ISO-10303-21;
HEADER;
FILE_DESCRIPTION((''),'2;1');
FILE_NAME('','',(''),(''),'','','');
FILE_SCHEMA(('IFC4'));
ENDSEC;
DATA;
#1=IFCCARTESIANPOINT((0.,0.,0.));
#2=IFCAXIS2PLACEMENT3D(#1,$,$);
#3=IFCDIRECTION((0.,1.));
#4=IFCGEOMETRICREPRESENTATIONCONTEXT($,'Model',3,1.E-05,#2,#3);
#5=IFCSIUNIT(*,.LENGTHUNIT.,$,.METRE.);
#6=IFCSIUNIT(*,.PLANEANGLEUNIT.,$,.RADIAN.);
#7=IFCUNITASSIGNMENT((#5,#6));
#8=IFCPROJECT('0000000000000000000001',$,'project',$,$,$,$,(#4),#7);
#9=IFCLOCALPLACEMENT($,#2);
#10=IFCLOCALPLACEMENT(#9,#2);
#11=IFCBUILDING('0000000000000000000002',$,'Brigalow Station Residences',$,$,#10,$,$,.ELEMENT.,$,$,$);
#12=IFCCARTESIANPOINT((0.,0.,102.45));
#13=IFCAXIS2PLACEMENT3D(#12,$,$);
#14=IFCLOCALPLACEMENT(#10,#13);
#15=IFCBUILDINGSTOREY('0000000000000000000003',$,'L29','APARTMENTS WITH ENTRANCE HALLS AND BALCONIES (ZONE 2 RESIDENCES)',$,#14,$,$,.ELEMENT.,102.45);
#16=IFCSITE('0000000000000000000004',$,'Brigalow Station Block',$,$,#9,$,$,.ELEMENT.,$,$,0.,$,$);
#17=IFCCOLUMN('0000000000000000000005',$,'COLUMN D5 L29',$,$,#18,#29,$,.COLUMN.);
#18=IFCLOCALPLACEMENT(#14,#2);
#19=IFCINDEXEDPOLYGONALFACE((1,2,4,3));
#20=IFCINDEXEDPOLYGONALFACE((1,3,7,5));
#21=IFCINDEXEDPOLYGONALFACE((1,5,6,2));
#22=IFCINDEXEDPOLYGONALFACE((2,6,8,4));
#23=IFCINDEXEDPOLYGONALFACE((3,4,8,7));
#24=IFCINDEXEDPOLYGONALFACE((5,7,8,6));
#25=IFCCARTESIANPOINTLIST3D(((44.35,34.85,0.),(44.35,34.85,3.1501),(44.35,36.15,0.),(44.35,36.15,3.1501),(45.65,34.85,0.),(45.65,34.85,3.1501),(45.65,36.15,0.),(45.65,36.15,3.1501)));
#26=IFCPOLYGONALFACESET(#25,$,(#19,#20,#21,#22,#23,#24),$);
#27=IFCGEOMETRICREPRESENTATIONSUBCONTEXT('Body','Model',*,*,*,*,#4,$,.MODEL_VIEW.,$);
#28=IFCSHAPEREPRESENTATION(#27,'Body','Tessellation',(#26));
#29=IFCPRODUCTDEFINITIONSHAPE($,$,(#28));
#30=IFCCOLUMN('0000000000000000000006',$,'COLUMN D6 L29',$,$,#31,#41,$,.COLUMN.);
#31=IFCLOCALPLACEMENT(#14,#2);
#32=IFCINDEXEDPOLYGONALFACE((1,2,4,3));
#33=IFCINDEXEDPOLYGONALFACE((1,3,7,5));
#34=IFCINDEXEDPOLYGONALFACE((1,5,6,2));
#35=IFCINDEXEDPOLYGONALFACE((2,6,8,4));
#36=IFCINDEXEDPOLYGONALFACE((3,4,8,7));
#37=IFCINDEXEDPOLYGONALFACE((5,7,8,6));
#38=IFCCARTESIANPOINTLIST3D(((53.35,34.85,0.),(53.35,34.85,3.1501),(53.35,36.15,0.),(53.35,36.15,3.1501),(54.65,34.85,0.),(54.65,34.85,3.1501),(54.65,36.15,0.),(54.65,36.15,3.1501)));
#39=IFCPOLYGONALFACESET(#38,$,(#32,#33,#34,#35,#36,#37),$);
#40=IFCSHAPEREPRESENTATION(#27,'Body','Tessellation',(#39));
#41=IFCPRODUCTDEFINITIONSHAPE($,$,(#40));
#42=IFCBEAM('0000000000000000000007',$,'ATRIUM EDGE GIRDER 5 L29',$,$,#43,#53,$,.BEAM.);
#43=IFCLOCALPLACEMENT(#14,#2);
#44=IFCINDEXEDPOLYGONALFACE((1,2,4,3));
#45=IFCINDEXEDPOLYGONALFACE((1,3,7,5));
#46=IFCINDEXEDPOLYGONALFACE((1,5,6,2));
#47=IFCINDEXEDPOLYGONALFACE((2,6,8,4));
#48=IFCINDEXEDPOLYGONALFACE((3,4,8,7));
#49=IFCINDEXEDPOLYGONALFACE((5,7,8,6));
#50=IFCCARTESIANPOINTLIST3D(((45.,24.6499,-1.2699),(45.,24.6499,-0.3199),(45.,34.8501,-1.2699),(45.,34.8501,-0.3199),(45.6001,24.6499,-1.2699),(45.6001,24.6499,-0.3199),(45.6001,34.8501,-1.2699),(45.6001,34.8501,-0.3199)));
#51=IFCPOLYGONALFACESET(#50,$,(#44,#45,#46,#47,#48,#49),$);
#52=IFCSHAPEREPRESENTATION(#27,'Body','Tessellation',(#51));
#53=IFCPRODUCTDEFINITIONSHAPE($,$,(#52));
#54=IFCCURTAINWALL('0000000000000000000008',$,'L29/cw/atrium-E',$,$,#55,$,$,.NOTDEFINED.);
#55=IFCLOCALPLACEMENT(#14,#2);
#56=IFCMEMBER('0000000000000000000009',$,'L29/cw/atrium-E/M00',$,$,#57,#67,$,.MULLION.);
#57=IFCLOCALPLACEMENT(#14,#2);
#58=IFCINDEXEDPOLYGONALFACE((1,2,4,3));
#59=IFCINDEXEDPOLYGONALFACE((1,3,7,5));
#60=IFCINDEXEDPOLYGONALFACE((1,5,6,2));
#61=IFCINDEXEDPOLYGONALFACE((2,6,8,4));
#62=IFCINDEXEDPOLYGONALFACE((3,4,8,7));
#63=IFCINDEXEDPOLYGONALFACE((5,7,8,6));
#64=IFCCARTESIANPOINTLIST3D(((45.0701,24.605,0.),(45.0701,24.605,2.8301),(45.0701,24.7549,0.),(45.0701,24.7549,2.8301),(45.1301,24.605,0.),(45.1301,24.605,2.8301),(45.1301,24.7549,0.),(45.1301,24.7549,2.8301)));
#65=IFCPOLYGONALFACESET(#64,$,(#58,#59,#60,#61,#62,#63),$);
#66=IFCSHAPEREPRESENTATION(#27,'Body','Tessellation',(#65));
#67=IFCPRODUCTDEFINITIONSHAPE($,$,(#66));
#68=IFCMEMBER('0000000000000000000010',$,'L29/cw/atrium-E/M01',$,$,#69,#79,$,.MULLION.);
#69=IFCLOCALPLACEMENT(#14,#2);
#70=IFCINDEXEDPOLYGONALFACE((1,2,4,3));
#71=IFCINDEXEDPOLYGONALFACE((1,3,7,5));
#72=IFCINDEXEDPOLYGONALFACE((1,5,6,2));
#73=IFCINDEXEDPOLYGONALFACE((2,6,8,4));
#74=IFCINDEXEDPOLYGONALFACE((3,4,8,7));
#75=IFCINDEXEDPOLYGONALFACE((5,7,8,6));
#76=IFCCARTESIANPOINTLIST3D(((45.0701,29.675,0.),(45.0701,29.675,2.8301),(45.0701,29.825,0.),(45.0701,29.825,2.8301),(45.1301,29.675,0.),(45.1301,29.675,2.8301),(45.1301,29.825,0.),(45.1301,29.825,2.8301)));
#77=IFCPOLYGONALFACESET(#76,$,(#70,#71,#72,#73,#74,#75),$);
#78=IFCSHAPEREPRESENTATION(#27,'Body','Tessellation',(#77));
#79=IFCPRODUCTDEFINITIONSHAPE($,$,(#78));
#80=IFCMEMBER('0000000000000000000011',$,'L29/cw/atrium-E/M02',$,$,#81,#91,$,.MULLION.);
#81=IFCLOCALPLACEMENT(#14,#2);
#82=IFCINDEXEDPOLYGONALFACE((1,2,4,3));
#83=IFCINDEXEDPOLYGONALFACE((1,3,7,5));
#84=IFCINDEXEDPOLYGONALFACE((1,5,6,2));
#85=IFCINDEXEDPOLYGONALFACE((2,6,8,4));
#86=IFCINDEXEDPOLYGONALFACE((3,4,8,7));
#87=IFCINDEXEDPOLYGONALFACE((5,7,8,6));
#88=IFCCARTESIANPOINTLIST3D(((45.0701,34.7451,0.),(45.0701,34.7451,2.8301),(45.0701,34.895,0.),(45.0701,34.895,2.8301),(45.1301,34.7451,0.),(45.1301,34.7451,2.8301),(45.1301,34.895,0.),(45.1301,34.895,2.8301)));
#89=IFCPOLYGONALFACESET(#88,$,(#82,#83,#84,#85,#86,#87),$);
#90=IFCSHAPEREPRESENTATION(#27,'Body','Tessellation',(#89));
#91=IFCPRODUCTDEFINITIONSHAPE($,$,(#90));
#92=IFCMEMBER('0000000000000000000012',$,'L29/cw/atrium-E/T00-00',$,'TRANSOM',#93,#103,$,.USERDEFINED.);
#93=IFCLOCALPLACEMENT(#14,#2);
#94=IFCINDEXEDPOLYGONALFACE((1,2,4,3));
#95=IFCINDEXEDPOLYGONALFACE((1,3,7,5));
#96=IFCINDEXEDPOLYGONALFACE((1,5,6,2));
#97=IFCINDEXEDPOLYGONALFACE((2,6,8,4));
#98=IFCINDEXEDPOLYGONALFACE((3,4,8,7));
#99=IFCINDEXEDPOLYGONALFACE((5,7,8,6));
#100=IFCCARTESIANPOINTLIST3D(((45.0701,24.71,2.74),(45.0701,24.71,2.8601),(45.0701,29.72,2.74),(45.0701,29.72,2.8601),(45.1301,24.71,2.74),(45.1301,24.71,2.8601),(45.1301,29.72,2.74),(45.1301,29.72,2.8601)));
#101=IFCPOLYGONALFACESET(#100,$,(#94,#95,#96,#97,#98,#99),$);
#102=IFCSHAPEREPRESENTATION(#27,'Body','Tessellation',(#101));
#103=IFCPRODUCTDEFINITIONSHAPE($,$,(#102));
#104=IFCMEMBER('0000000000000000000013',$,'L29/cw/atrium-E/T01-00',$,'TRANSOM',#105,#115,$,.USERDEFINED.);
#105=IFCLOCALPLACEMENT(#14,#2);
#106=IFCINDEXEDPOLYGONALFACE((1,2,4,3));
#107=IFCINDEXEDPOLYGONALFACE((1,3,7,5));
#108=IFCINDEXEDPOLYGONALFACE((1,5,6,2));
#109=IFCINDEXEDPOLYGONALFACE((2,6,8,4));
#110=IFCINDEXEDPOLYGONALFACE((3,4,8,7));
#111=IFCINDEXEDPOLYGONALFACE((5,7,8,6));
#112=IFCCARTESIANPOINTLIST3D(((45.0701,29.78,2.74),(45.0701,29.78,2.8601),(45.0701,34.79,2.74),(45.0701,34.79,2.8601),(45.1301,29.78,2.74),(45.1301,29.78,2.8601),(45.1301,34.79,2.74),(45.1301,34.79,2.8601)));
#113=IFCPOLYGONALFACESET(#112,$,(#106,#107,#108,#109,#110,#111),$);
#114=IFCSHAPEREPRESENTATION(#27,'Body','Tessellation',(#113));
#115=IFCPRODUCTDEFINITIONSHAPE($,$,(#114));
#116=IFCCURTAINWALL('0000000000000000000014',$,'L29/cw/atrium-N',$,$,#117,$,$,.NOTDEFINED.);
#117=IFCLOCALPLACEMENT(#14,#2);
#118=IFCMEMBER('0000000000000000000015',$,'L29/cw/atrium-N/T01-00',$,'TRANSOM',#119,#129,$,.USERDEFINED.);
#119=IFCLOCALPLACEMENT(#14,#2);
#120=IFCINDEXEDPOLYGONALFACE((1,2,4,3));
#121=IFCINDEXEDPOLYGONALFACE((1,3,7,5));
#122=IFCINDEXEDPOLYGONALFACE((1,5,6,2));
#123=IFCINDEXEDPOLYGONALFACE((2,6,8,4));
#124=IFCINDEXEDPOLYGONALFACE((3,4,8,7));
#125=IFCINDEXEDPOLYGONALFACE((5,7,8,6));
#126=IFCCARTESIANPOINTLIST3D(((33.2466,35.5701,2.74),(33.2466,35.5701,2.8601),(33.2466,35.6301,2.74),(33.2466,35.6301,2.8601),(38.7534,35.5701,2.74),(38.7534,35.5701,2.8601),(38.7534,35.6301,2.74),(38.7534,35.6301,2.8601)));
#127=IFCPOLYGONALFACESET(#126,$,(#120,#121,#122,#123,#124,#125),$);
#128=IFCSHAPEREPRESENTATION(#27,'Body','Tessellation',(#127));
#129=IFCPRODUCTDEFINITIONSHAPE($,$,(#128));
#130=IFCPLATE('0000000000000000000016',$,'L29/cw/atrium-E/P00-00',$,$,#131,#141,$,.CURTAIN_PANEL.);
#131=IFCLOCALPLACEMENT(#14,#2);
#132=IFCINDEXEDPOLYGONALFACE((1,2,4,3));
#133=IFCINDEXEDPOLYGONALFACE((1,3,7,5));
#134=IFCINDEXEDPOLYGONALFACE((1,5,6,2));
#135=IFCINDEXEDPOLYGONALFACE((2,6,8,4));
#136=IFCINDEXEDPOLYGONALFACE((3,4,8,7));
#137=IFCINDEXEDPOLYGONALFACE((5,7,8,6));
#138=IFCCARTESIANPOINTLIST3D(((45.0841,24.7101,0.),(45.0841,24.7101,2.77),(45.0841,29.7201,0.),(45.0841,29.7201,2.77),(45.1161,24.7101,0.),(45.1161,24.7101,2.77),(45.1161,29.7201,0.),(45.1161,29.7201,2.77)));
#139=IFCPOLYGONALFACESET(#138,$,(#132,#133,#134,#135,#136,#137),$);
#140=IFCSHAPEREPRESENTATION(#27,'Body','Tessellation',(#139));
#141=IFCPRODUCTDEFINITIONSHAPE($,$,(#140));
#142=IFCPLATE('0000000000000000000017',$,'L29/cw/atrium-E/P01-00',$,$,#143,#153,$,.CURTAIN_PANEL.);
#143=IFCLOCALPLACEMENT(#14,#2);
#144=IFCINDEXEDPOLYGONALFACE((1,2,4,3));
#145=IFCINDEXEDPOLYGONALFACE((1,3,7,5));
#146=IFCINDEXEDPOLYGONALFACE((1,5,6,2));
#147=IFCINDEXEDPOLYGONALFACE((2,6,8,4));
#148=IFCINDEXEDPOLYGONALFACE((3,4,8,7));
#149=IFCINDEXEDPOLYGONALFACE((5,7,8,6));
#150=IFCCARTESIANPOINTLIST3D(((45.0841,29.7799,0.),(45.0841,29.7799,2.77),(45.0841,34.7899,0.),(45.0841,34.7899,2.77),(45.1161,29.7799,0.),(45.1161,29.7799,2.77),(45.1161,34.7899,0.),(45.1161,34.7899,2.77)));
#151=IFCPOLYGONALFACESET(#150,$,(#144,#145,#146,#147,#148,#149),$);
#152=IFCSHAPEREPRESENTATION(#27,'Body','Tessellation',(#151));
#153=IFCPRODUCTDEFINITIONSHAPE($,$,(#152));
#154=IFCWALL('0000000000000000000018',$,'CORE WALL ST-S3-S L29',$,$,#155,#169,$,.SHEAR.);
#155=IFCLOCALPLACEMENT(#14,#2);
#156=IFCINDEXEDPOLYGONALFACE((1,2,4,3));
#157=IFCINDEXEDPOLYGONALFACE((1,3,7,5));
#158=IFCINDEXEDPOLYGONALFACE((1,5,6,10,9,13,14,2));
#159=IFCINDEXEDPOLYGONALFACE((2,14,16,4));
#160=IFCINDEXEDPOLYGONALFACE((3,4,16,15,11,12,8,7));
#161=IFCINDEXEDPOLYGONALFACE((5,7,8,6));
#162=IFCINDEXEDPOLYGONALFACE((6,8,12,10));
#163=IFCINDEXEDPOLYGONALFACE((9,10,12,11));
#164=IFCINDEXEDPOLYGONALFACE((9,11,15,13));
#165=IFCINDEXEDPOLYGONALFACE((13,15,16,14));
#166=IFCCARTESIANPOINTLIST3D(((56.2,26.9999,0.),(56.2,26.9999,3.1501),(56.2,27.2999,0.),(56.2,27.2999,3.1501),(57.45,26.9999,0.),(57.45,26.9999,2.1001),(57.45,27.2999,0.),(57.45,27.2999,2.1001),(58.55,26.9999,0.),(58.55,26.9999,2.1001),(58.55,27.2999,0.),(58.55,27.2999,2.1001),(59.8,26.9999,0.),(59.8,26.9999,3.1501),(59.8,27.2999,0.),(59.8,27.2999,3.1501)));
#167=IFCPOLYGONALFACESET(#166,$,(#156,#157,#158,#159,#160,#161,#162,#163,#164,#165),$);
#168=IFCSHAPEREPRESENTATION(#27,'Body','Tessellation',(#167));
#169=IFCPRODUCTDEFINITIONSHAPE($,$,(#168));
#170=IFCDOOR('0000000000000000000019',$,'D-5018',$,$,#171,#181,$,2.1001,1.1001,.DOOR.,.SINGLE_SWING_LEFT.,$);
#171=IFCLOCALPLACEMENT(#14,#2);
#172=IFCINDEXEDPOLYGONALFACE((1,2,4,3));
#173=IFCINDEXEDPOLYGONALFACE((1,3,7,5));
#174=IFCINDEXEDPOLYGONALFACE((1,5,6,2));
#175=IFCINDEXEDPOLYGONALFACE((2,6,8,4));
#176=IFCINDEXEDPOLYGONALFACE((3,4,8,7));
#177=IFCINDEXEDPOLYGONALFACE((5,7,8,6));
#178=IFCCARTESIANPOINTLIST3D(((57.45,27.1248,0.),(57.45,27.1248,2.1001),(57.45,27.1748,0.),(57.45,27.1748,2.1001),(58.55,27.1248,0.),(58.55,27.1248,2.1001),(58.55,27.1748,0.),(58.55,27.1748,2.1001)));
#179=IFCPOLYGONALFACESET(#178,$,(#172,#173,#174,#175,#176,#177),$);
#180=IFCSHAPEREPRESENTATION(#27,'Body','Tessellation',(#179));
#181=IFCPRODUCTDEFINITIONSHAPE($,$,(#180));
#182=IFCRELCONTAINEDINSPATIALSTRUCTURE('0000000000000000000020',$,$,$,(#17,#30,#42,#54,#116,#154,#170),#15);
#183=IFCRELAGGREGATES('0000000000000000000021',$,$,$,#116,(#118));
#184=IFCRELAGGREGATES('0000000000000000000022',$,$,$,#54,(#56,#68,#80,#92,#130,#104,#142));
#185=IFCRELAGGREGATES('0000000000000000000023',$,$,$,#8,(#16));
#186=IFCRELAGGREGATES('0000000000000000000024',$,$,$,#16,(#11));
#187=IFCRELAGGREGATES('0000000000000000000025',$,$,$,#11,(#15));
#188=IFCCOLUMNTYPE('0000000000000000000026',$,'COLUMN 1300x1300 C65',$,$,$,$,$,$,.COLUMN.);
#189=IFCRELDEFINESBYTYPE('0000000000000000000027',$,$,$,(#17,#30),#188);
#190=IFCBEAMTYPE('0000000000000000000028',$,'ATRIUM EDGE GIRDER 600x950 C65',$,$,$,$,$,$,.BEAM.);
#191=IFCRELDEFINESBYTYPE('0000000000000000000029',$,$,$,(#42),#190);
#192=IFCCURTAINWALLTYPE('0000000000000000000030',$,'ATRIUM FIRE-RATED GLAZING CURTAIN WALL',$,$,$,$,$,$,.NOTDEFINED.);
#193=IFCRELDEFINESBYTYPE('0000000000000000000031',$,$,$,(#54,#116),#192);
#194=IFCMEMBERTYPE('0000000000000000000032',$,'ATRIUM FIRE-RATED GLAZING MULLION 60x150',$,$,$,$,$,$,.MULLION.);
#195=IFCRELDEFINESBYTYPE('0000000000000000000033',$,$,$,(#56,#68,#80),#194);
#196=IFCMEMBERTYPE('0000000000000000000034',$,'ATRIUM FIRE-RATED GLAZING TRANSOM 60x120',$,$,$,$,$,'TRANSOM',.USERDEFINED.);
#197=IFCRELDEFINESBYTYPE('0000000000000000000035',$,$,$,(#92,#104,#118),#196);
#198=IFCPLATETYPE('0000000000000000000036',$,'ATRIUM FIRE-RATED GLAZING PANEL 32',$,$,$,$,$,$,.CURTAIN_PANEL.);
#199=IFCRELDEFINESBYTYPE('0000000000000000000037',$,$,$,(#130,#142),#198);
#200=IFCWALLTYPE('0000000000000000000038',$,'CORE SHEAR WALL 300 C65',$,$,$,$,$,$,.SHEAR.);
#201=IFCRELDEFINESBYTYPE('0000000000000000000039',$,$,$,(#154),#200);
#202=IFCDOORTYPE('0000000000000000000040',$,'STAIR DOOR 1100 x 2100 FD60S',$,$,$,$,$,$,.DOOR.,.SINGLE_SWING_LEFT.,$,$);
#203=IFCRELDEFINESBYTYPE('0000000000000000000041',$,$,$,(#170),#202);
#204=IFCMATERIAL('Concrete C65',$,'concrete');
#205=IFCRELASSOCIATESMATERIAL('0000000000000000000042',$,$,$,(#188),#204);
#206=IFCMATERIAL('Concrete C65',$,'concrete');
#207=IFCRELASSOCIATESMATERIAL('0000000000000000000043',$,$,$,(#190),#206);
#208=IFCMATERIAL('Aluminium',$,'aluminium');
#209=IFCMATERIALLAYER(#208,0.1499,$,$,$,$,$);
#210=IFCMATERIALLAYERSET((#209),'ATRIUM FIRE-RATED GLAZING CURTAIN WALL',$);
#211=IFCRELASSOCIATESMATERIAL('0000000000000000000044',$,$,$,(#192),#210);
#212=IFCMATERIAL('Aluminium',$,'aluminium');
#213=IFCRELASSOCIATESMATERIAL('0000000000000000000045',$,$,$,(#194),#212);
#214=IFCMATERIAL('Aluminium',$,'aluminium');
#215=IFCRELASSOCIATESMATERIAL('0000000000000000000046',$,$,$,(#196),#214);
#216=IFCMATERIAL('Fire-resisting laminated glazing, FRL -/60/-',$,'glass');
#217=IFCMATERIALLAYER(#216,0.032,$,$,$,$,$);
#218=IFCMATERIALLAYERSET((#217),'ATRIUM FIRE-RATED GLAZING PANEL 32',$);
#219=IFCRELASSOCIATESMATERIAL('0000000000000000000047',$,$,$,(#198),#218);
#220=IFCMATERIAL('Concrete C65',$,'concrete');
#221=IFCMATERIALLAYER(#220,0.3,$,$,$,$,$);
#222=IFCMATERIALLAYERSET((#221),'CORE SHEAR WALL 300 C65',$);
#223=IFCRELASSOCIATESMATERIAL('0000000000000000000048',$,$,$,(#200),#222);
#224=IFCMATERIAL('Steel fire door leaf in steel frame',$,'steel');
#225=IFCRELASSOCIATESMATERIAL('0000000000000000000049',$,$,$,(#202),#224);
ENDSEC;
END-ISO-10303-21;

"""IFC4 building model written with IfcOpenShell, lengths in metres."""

from ifc_helpers import new_model, si_unit, direction, frame, frame_2d, origin, origin_2d, place, context, subcontext, project, spatial, rectangle, extrude, material, layer, layer_set, material_profile, profile_set, type_object, element, fill, aggregate, save


model = new_model("IFC4")

# Units and contexts
model_context = context("Model", 3, precision=1e-05, world=origin(), true_north=direction((0.0, 1.0)))
body_context = subcontext(model_context, "Body", "Model", "MODEL_VIEW")
ifc_project = project(units=[si_unit("LENGTHUNIT", "METRE"), si_unit("PLANEANGLEUNIT", "RADIAN")], contexts=[model_context])

# Site, building, storey
site_placement = place(None, origin())
site = spatial("IfcSite", under=ifc_project, at=site_placement, Name="Brigalow Station Block", CompositionType="ELEMENT", RefElevation=0.0)
building_placement = place(site_placement, origin())
building = spatial("IfcBuilding", under=site, at=building_placement, Name="Brigalow Station Residences", CompositionType="ELEMENT")
storey_placement = place(building_placement, frame((0.0, 0.0, 102.45)))
storey = spatial("IfcBuildingStorey", under=building, at=storey_placement, Name="L29", Description="APARTMENTS WITH ENTRANCE HALLS AND BALCONIES (ZONE 2 RESIDENCES)", CompositionType="ELEMENT", Elevation=102.45)

# Columns
ifc_material_1 = material(Name="Concrete C65", Category="concrete")
ifc_material_profile_1 = material_profile(ifc_material_1, rectangle(XDim=1.3, YDim=1.3, at=origin_2d()), Name="RC1300x1300")
ifc_profile_set_1 = profile_set([ifc_material_profile_1], Name="Concrete C65")
column_type = type_object("IfcColumnType", Name="COLUMN 1300x1300 C65", PredefinedType="COLUMN", material=ifc_profile_set_1)
for number, where, z_axis, x_axis, name in (
    (1, (45.0, 35.5, 0.0), (0.0, 0.0, 1.0), (1.0, 0.0, 0.0), "COLUMN D5 L29"),
    (2, (54.0, 35.5, 0.0), (0.0, 0.0, 1.0), (1.0, 0.0, 0.0), "COLUMN D6 L29"),
):
    element("IfcColumn", number, at=place(storey_placement, frame(where, z_axis=z_axis, x_axis=x_axis)), inside=storey, type_object=column_type, Name=name, PredefinedType="COLUMN", context=body_context, shape_type="SweptSolid", body=[
        extrude(rectangle(XDim=1.3, YDim=1.3, at=origin_2d()), origin(), (0.0, 0.0, 1.0), 3.1501),
    ])

# Beam
ifc_material_2 = material(Name="Concrete C65", Category="concrete")
ifc_material_profile_2 = material_profile(ifc_material_2, rectangle(XDim=0.6001, YDim=0.95, at=origin_2d()), Name="RC600x950")
ifc_profile_set_2 = profile_set([ifc_material_profile_2], Name="Concrete C65")
beam_type = type_object("IfcBeamType", Name="ATRIUM EDGE GIRDER 600x950 C65", PredefinedType="BEAM", material=ifc_profile_set_2)
beam_placement = place(storey_placement, frame((45.3, 24.6499, -0.7949), z_axis=(0.0, 1.0, 0.0), x_axis=(-1.0, 0.0, 0.0)))
element("IfcBeam", 3, at=beam_placement, inside=storey, type_object=beam_type, Name="ATRIUM EDGE GIRDER 5 L29", PredefinedType="BEAM", context=body_context, shape_type="SweptSolid", body=[
    extrude(rectangle(XDim=0.6001, YDim=0.95, at=origin_2d()), origin(), (0.0, 0.0, 1.0), 10.2002),
])

# Curtain wall, members
ifc_material_3 = material(Name="Aluminium", Category="aluminium")
ifc_layer_1 = layer(ifc_material_3, 0.1499)
ifc_layer_set_1 = layer_set([ifc_layer_1], Name="ATRIUM FIRE-RATED GLAZING CURTAIN WALL")
curtain_wall_type = type_object("IfcCurtainWallType", Name="ATRIUM FIRE-RATED GLAZING CURTAIN WALL", PredefinedType="NOTDEFINED", material=ifc_layer_set_1)
curtain_wall_1_placement = place(storey_placement, origin())
curtain_wall_1 = element("IfcCurtainWall", 4, at=curtain_wall_1_placement, inside=storey, type_object=curtain_wall_type, Name="L29/cw/atrium-E", PredefinedType="NOTDEFINED")
ifc_material_4 = material(Name="Aluminium", Category="aluminium")
ifc_material_profile_3 = material_profile(ifc_material_4, rectangle(XDim=0.0601, YDim=0.1499, at=origin_2d()), Name="ATRIUM FIRE-RATED GLAZING MULLION 60x150")
ifc_profile_set_3 = profile_set([ifc_material_profile_3], Name="Aluminium")
member_type_1 = type_object("IfcMemberType", Name="ATRIUM FIRE-RATED GLAZING MULLION 60x150", PredefinedType="MULLION", material=ifc_profile_set_3)
member_1_placement = place(storey_placement, frame((45.1001, 24.6799, 0.0), z_axis=(0.0, 0.0, 1.0), x_axis=(-1.0, 0.0, 0.0)))
member_1 = element("IfcMember", 5, at=member_1_placement, type_object=member_type_1, Name="L29/cw/atrium-E/M00", PredefinedType="MULLION", context=body_context, shape_type="SweptSolid", body=[
    extrude(rectangle(XDim=0.0601, YDim=0.1499, at=origin_2d()), origin(), (0.0, 0.0, 1.0), 2.8301),
])
member_2_placement = place(storey_placement, frame((45.1001, 29.75, 0.0), z_axis=(0.0, 0.0, 1.0), x_axis=(-1.0, 0.0, 0.0)))
member_2 = element("IfcMember", 6, at=member_2_placement, type_object=member_type_1, Name="L29/cw/atrium-E/M01", PredefinedType="MULLION", context=body_context, shape_type="SweptSolid", body=[
    extrude(rectangle(XDim=0.0601, YDim=0.1499, at=origin_2d()), origin(), (0.0, 0.0, 1.0), 2.8301),
])
member_3_placement = place(storey_placement, frame((45.1001, 34.8201, 0.0), z_axis=(0.0, 0.0, 1.0), x_axis=(-1.0, 0.0, 0.0)))
member_3 = element("IfcMember", 7, at=member_3_placement, type_object=member_type_1, Name="L29/cw/atrium-E/M02", PredefinedType="MULLION", context=body_context, shape_type="SweptSolid", body=[
    extrude(rectangle(XDim=0.0601, YDim=0.1499, at=origin_2d()), origin(), (0.0, 0.0, 1.0), 2.8301),
])
ifc_material_5 = material(Name="Aluminium", Category="aluminium")
ifc_material_profile_4 = material_profile(ifc_material_5, rectangle(XDim=0.0601, YDim=0.1201, at=origin_2d()), Name="ATRIUM FIRE-RATED GLAZING TRANSOM 60x120")
ifc_profile_set_4 = profile_set([ifc_material_profile_4], Name="Aluminium")
member_type_2 = type_object("IfcMemberType", Name="ATRIUM FIRE-RATED GLAZING TRANSOM 60x120", ElementType="TRANSOM", PredefinedType="USERDEFINED", material=ifc_profile_set_4)
member_4_placement = place(storey_placement, frame((45.1001, 24.71, 2.8), z_axis=(0.0, 1.0, 0.0), x_axis=(-1.0, 0.0, 0.0)))
member_4 = element("IfcMember", 8, at=member_4_placement, type_object=member_type_2, Name="L29/cw/atrium-E/T00-00", ObjectType="TRANSOM", PredefinedType="USERDEFINED", context=body_context, shape_type="SweptSolid", body=[
    extrude(rectangle(XDim=0.0601, YDim=0.1201, at=origin_2d()), origin(), (0.0, 0.0, 1.0), 5.01),
])
member_5_placement = place(storey_placement, frame((45.1001, 29.78, 2.8), z_axis=(0.0, 1.0, 0.0), x_axis=(-1.0, 0.0, 0.0)))
member_5 = element("IfcMember", 9, at=member_5_placement, type_object=member_type_2, Name="L29/cw/atrium-E/T01-00", ObjectType="TRANSOM", PredefinedType="USERDEFINED", context=body_context, shape_type="SweptSolid", body=[
    extrude(rectangle(XDim=0.0601, YDim=0.1201, at=origin_2d()), origin(), (0.0, 0.0, 1.0), 5.01),
])

# Curtain wall, member
curtain_wall_2_placement = place(storey_placement, origin())
curtain_wall_2 = element("IfcCurtainWall", 10, at=curtain_wall_2_placement, inside=storey, type_object=curtain_wall_type, Name="L29/cw/atrium-N", PredefinedType="NOTDEFINED")
member_6_placement = place(storey_placement, frame((38.7534, 35.6001, 2.8), z_axis=(-1.0, 0.0, 0.0), x_axis=(0.0, -1.0, 0.0)))
member_6 = element("IfcMember", 11, at=member_6_placement, type_object=member_type_2, Name="L29/cw/atrium-N/T01-00", ObjectType="TRANSOM", PredefinedType="USERDEFINED", context=body_context, shape_type="SweptSolid", body=[
    extrude(rectangle(XDim=0.0601, YDim=0.1201, at=origin_2d()), origin(), (0.0, 0.0, 1.0), 5.5068),
])
aggregate(curtain_wall_2, [member_6])

# Plates
ifc_material_6 = material(Name="Fire-resisting laminated glazing, FRL -/60/-", Category="glass")
ifc_layer_2 = layer(ifc_material_6, 0.032)
ifc_layer_set_2 = layer_set([ifc_layer_2], Name="ATRIUM FIRE-RATED GLAZING PANEL 32")
plate_type = type_object("IfcPlateType", Name="ATRIUM FIRE-RATED GLAZING PANEL 32", PredefinedType="CURTAIN_PANEL", material=ifc_layer_set_2)
plate_1_placement = place(storey_placement, frame((45.1001, 27.2151, 0.0), z_axis=(0.0, 0.0, 1.0), x_axis=(0.0, 1.0, 0.0)))
plate_1 = element("IfcPlate", 12, at=plate_1_placement, type_object=plate_type, Name="L29/cw/atrium-E/P00-00", PredefinedType="CURTAIN_PANEL", context=body_context, shape_type="SweptSolid", body=[
    extrude(rectangle(XDim=5.01, YDim=0.032, at=origin_2d()), origin(), (0.0, 0.0, 1.0), 2.77),
])
plate_2_placement = place(storey_placement, frame((45.1001, 32.2849, 0.0), z_axis=(0.0, 0.0, 1.0), x_axis=(0.0, 1.0, 0.0)))
plate_2 = element("IfcPlate", 13, at=plate_2_placement, type_object=plate_type, Name="L29/cw/atrium-E/P01-00", PredefinedType="CURTAIN_PANEL", context=body_context, shape_type="SweptSolid", body=[
    extrude(rectangle(XDim=5.01, YDim=0.032, at=origin_2d()), origin(), (0.0, 0.0, 1.0), 2.77),
])
aggregate(curtain_wall_1, [member_1, member_2, member_3, member_4, plate_1, member_5, plate_2])

# Wall, opening, door
ifc_material_7 = material(Name="Concrete C65", Category="concrete")
ifc_layer_3 = layer(ifc_material_7, 0.3)
ifc_layer_set_3 = layer_set([ifc_layer_3], Name="CORE SHEAR WALL 300 C65")
wall_type_1 = type_object("IfcWallType", Name="CORE SHEAR WALL 300 C65", PredefinedType="SHEAR", material=ifc_layer_set_3)
wall_1_placement = place(storey_placement, frame((56.2, 27.1499, 0.0), z_axis=(0.0, 0.0, 1.0), x_axis=(1.0, 0.0, 0.0)))
wall_1 = element("IfcWall", 14, at=wall_1_placement, inside=storey, type_object=wall_type_1, Name="CORE WALL ST-S3-S L29", PredefinedType="SHEAR", context=body_context, shape_type="SweptSolid", body=[
    extrude(rectangle(XDim=3.6001, YDim=0.3, at=frame_2d((1.8, 0.0))), origin(), (0.0, 0.0, 1.0), 3.1501),
])
opening_1_placement = place(wall_1_placement, frame((1.25, 0.0, 0.0)))
opening_1 = element("IfcOpeningElement", 15, at=opening_1_placement, cuts=wall_1, PredefinedType="OPENING", context=body_context, shape_type="SweptSolid", body=[
    extrude(rectangle(XDim=1.1001, YDim=2.1001, at=frame_2d((0.55, 1.05))), frame((0.0, 0.1602, 0.0), z_axis=(0.0, -1.0, 0.0), x_axis=(1.0, 0.0, 0.0)), (0.0, 0.0, 1.0), 0.3201),
])
ifc_material_8 = material(Name="Steel fire door leaf in steel frame", Category="steel")
door_type_1 = type_object("IfcDoorType", Name="STAIR DOOR 1100 x 2100 FD60S", OperationType="SINGLE_SWING_LEFT", PredefinedType="DOOR", material=ifc_material_8)
door_1_placement = place(opening_1_placement, origin())
door_1 = element("IfcDoor", 16, at=door_1_placement, inside=storey, type_object=door_type_1, Name="D-5018", OperationType="SINGLE_SWING_LEFT", OverallHeight=2.1001, OverallWidth=1.1001, PredefinedType="DOOR", context=body_context, shape_type="SweptSolid", body=[
    extrude(rectangle(XDim=1.1001, YDim=2.1001, at=frame_2d((0.55, 1.05))), frame((0.0, 0.0249, 0.0), z_axis=(0.0, -1.0, 0.0), x_axis=(1.0, 0.0, 0.0)), (0.0, 0.0, 1.0), 0.05),
])
fill(opening_1, door_1)

save(model, "model.ifc")
